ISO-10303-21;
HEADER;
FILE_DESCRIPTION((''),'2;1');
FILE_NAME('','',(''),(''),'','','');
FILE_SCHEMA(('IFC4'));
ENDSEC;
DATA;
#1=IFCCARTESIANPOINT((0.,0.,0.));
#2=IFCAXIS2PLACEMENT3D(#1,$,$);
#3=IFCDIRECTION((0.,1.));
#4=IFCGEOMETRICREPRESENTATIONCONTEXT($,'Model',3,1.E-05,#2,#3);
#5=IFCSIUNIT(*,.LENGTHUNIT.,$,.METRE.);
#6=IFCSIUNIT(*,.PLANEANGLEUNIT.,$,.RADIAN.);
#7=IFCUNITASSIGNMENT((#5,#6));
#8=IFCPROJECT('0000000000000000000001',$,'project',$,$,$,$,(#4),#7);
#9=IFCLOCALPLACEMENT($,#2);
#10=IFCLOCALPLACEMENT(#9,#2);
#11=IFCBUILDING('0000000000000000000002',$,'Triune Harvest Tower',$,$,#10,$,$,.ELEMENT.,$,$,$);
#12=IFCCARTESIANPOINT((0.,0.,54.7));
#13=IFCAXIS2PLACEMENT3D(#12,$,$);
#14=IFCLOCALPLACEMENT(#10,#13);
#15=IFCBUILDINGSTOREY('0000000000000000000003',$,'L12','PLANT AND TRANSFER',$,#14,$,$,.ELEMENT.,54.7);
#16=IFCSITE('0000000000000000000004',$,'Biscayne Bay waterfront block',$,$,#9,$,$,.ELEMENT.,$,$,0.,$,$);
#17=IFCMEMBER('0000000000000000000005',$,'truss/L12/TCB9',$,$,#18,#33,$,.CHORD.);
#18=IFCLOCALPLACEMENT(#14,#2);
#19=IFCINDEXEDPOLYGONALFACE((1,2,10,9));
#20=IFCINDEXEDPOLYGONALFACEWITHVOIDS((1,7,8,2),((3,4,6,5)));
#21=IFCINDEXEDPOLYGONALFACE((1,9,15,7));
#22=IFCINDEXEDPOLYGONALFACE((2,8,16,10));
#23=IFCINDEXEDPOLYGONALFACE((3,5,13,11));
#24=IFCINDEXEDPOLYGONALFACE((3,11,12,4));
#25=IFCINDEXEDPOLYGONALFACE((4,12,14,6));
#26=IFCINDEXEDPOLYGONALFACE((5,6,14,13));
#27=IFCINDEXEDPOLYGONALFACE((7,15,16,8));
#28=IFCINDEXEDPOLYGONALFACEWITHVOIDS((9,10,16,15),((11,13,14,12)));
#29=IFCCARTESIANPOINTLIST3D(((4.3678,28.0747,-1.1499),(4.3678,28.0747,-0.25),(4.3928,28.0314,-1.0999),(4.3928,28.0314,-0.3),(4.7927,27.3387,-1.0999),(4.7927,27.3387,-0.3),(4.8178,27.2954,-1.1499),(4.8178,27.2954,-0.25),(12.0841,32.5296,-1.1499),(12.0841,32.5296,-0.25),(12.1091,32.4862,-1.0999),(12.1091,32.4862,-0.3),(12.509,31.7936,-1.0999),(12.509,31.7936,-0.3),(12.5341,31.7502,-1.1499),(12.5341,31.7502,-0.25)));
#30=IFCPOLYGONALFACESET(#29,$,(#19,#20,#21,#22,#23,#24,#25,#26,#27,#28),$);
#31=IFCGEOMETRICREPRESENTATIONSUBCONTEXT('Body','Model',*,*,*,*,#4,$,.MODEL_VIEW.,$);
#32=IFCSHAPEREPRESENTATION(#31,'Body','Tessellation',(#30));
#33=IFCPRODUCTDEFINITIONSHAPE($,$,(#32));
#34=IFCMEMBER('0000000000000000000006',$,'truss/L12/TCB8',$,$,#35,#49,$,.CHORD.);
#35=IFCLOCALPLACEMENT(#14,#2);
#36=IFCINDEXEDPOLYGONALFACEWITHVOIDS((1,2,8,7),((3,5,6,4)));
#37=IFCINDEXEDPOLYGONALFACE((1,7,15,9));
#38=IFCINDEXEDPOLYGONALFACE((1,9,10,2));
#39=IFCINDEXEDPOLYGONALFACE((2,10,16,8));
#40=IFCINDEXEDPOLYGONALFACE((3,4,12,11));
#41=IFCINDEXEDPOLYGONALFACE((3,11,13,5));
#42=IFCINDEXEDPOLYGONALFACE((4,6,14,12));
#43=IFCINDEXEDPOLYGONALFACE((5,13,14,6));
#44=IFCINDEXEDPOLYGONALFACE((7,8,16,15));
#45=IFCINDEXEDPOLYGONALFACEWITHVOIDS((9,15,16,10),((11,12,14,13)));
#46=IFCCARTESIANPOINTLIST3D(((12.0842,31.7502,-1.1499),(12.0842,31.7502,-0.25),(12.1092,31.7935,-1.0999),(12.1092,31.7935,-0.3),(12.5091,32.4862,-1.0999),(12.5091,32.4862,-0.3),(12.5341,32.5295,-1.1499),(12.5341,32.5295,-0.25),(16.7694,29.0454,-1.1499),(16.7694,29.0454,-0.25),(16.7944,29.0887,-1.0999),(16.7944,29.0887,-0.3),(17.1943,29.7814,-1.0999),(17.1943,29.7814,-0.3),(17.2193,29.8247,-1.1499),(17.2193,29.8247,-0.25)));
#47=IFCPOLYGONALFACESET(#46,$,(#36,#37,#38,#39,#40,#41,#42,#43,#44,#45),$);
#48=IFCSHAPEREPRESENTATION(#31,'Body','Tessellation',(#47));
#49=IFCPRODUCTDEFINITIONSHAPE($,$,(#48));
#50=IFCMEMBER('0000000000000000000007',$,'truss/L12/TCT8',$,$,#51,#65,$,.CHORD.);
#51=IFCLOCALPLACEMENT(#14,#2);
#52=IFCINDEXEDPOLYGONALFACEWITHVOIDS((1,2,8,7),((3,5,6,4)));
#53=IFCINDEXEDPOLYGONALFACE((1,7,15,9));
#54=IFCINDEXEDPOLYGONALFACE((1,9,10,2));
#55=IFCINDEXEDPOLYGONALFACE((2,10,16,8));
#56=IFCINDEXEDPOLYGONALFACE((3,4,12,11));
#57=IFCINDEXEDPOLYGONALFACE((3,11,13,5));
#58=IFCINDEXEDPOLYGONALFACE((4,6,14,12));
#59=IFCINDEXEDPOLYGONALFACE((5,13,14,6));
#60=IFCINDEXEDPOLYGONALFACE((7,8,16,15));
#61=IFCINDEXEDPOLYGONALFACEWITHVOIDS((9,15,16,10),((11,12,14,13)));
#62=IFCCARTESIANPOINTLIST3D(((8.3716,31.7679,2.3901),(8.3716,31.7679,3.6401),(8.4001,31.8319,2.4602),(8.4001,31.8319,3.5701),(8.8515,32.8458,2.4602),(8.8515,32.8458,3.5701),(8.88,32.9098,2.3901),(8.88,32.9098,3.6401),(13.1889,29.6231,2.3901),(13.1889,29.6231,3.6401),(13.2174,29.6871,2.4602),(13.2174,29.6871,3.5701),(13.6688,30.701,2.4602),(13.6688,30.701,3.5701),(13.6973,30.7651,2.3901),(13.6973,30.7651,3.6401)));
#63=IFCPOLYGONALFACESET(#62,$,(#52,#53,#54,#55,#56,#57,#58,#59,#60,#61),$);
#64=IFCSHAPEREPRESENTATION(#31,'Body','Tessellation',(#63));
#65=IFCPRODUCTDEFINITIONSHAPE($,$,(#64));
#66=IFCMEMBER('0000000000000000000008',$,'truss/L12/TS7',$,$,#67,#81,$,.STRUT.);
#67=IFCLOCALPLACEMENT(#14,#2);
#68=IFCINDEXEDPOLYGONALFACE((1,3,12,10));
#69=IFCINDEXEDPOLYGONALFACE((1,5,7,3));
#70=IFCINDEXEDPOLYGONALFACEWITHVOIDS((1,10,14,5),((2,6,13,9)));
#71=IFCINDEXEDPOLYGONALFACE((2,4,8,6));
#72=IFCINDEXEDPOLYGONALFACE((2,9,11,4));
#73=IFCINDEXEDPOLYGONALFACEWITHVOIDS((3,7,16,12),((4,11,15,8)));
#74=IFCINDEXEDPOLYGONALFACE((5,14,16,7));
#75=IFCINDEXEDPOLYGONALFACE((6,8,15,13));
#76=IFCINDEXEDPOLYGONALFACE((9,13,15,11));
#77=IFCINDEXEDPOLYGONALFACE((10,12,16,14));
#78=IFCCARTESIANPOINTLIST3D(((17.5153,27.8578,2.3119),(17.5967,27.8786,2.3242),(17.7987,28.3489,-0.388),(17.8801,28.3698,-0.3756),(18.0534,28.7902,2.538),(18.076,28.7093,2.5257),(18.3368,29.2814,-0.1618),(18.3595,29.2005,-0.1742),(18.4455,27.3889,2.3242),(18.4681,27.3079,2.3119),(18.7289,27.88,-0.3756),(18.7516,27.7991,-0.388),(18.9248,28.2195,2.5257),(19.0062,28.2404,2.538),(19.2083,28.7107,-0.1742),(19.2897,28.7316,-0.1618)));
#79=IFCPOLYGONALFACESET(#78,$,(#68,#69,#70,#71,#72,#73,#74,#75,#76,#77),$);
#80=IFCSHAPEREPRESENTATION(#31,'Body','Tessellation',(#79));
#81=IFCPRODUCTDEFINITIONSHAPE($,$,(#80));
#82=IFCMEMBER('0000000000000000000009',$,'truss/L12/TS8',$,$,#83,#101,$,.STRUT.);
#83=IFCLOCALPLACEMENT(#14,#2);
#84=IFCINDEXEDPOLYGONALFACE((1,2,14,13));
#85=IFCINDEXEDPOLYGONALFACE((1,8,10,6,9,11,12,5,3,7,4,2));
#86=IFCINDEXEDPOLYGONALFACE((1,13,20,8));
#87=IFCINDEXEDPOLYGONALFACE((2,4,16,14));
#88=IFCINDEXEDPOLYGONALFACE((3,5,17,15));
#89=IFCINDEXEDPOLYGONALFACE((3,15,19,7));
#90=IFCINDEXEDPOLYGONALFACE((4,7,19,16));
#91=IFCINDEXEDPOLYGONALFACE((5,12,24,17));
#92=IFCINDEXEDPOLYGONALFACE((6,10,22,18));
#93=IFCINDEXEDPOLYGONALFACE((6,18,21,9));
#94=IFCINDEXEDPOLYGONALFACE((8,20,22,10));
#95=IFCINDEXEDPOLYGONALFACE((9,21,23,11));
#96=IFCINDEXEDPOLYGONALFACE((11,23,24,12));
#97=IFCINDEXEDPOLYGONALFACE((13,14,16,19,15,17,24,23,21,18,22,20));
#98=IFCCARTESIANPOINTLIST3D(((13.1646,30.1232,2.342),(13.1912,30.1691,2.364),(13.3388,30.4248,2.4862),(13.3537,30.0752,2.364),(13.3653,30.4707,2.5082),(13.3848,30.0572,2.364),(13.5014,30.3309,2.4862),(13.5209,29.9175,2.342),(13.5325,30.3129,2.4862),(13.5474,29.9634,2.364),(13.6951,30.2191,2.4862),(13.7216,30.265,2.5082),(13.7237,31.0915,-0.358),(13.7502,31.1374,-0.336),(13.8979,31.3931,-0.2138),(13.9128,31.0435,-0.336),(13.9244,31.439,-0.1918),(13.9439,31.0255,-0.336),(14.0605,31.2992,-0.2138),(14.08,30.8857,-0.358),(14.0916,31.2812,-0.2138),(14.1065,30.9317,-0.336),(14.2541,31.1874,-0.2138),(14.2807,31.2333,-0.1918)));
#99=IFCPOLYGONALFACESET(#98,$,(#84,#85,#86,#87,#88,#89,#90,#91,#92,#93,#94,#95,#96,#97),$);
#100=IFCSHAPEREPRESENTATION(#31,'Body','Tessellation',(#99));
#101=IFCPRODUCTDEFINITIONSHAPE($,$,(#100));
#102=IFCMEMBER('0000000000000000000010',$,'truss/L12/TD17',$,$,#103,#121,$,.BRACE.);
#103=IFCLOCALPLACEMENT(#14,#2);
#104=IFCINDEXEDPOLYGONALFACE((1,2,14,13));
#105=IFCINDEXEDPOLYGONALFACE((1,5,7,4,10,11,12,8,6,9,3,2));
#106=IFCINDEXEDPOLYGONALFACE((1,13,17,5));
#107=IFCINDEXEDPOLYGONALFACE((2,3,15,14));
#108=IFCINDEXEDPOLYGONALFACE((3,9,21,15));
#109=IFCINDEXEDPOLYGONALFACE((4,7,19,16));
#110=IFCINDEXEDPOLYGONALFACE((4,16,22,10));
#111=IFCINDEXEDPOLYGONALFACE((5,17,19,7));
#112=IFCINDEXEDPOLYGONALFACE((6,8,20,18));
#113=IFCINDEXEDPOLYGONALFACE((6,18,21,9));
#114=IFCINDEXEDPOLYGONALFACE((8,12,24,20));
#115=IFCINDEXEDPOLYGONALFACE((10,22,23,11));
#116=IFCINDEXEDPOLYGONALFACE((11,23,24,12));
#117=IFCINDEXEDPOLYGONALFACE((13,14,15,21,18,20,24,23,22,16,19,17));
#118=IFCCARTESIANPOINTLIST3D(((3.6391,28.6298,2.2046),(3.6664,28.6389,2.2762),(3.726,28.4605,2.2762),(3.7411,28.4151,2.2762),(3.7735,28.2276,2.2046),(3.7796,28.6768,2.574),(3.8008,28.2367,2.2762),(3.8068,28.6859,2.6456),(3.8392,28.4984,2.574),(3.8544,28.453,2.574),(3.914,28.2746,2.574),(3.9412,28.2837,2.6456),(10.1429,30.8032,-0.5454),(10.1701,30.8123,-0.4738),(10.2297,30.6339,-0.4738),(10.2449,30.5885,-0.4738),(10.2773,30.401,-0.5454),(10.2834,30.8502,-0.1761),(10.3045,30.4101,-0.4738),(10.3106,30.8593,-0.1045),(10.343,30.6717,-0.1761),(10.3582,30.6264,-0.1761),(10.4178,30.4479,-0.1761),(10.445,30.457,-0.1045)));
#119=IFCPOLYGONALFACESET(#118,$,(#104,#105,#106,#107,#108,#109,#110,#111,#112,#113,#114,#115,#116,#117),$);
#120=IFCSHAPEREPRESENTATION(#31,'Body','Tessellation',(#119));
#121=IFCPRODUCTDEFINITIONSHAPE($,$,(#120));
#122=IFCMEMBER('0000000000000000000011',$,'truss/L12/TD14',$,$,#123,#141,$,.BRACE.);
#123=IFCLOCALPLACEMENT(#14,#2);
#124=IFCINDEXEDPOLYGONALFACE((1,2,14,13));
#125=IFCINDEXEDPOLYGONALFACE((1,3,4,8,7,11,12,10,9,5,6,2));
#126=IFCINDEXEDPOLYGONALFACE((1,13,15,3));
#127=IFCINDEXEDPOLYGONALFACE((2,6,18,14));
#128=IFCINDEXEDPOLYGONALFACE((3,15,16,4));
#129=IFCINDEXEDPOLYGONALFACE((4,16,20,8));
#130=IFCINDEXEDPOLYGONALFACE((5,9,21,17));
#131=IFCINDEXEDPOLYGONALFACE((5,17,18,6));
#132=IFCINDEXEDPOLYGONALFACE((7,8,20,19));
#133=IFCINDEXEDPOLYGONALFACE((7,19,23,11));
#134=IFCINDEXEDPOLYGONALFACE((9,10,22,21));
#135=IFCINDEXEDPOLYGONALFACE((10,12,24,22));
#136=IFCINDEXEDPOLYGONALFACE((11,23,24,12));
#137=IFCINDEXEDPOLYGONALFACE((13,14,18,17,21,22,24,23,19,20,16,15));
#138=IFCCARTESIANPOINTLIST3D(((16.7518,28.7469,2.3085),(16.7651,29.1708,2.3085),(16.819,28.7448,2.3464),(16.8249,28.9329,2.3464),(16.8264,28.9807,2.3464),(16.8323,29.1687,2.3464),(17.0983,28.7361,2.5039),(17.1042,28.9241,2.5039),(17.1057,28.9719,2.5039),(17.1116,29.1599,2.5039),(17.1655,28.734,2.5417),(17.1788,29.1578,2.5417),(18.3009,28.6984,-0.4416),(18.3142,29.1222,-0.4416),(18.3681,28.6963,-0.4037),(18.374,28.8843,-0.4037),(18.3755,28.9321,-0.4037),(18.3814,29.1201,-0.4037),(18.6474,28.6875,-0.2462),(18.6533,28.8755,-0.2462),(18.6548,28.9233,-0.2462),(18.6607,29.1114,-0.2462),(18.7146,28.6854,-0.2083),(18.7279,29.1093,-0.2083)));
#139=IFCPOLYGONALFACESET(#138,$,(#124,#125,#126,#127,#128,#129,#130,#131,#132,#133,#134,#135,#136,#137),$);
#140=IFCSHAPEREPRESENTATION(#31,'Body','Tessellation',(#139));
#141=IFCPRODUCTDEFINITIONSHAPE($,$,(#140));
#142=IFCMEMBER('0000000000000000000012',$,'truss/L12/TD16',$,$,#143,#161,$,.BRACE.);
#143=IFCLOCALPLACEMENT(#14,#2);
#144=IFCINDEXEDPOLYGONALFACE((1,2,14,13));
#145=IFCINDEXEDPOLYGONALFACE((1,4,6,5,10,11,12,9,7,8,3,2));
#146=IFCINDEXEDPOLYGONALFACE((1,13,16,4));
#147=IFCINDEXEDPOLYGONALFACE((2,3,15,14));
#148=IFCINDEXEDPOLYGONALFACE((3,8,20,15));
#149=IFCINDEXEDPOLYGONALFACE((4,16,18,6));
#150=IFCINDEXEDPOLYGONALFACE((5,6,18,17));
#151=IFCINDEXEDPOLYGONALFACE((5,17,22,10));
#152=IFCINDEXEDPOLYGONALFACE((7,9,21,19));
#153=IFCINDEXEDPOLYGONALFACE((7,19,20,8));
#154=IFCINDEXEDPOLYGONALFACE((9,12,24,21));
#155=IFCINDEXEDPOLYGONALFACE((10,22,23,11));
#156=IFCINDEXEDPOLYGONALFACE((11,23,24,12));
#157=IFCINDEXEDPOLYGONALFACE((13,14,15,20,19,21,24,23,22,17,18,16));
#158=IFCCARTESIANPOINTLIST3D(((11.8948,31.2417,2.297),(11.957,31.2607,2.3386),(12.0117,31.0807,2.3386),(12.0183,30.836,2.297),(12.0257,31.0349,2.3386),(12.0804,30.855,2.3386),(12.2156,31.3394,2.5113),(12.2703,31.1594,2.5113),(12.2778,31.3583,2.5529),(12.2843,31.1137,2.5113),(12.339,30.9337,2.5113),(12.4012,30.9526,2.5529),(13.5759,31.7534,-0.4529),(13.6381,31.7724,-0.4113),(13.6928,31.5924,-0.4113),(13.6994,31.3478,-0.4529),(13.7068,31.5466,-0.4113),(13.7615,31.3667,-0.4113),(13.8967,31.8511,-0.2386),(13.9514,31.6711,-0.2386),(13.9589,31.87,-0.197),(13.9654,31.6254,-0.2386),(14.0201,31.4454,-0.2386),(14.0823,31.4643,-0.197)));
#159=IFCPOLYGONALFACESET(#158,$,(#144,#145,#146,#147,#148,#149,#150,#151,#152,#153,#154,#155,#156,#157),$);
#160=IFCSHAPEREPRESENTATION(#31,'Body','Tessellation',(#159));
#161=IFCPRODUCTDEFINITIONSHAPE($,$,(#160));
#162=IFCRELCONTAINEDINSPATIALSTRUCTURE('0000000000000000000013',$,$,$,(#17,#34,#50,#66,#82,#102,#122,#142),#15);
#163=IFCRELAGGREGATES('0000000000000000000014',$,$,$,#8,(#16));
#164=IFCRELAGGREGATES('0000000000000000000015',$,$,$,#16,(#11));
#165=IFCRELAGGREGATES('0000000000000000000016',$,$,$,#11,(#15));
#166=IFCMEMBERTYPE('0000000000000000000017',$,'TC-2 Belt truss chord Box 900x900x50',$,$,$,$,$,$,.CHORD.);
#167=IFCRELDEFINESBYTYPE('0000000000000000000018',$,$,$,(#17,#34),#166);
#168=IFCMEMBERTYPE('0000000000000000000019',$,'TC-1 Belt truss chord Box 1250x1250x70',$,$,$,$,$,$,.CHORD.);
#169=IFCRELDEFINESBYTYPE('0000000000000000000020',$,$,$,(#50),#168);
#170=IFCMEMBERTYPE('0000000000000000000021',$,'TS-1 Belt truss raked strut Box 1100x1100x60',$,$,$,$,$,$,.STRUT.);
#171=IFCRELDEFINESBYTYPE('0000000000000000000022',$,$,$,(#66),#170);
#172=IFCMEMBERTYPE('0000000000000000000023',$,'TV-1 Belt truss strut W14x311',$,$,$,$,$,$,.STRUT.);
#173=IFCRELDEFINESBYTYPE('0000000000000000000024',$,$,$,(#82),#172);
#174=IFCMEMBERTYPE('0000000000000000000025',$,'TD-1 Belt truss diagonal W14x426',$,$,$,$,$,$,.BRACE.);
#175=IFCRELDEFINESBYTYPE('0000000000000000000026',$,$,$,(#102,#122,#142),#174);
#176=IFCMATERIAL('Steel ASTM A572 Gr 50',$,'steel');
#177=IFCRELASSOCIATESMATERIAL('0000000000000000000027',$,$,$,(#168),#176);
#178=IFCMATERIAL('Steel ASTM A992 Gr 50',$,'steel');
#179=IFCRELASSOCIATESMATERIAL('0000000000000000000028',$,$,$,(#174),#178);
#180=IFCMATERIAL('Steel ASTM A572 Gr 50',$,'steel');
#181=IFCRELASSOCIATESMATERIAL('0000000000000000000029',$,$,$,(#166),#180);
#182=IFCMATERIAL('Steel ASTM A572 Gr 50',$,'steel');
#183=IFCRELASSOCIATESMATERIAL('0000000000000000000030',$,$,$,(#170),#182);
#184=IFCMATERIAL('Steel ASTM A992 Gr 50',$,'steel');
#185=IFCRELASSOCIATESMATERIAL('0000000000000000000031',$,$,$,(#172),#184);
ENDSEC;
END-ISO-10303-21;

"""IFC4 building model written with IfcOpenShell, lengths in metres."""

from ifc_helpers import new_model, si_unit, direction, frame, origin, origin_2d, place, context, subcontext, project, spatial, hollow_rectangle, i_section, extrude, source, transform, mapped, material, material_profile, profile_set, type_object, element, save


model = new_model("IFC4")

# Units and contexts
model_context = context("Model", 3, precision=1e-05, world=origin(), true_north=direction((0.0, 1.0)))
body_context = subcontext(model_context, "Body", "Model", "MODEL_VIEW")
ifc_project = project(units=[si_unit("LENGTHUNIT", "METRE"), si_unit("PLANEANGLEUNIT", "RADIAN")], contexts=[model_context])

# Site, building, storey
site_placement = place(None, origin())
site = spatial("IfcSite", under=ifc_project, at=site_placement, Name="Biscayne Bay waterfront block", CompositionType="ELEMENT", RefElevation=0.0)
building_placement = place(site_placement, origin())
building = spatial("IfcBuilding", under=site, at=building_placement, Name="Triune Harvest Tower", CompositionType="ELEMENT")
storey_placement = place(building_placement, frame((0.0, 0.0, 54.7)))
storey = spatial("IfcBuildingStorey", under=building, at=storey_placement, Name="L12", Description="PLANT AND TRANSFER", CompositionType="ELEMENT", Elevation=54.7)

# Shared definitions
ifc_material_1 = material(Name="Steel ASTM A572 Gr 50", Category="steel")
ifc_material_profile_1 = material_profile(ifc_material_1, hollow_rectangle(XDim=1.25, YDim=1.25, WallThickness=0.0701, at=origin_2d()), Name="Box 1250x1250x70")
ifc_profile_set_1 = profile_set([ifc_material_profile_1], Name="Steel ASTM A572 Gr 50")
member_type_1 = type_object("IfcMemberType", Name="TC-1 Belt truss chord Box 1250x1250x70", PredefinedType="CHORD", material=ifc_profile_set_1)
ifc_material_2 = material(Name="Steel ASTM A992 Gr 50", Category="steel")
ifc_material_profile_2 = material_profile(ifc_material_2, i_section(OverallWidth=0.4241, OverallDepth=0.4751, WebThickness=0.0479, FlangeThickness=0.0771, at=origin_2d()), Name="W14x426")
ifc_profile_set_2 = profile_set([ifc_material_profile_2], Name="Steel ASTM A992 Gr 50")
member_type_2 = type_object("IfcMemberType", Name="TD-1 Belt truss diagonal W14x426", PredefinedType="BRACE", material=ifc_profile_set_2)

# Members
ifc_material_3 = material(Name="Steel ASTM A572 Gr 50", Category="steel")
ifc_material_profile_3 = material_profile(ifc_material_3, hollow_rectangle(XDim=0.8999, YDim=0.8999, WallThickness=0.05, at=origin_2d()), Name="Box 900x900x50")
ifc_profile_set_3 = profile_set([ifc_material_profile_3], Name="Steel ASTM A572 Gr 50")
member_type_3 = type_object("IfcMemberType", Name="TC-2 Belt truss chord Box 900x900x50", PredefinedType="CHORD", material=ifc_profile_set_3)
shared_shape_1 = source(origin(), body_context, "Body", "SweptSolid", [
    extrude(hollow_rectangle(XDim=0.8999, YDim=0.8999, WallThickness=0.05, at=origin_2d()), origin(), (0.0, 0.0, 1.0), 8.9099),
])
member_1_placement = place(storey_placement, frame((12.3091, 32.1399, -0.7), z_axis=(-0.866034, -0.499985, 0.0), x_axis=(0.499985, -0.866034, 0.0)))
element("IfcMember", 1, at=member_1_placement, inside=storey, type_object=member_type_3, Name="truss/L12/TCB9", PredefinedType="CHORD", context=body_context, shape_type="MappedRepresentation", body=[
    mapped(shared_shape_1, transform((0.0, 0.0, 0.0), scale=1.0)),
])
shared_shape_2 = source(origin(), body_context, "Body", "SweptSolid", [
    extrude(hollow_rectangle(XDim=0.8999, YDim=0.8999, WallThickness=0.05, at=origin_2d()), origin(), (0.0, 0.0, 1.0), 5.4099),
])
member_2_placement = place(storey_placement, frame((16.9944, 29.4351, -0.7), z_axis=(-0.866044, 0.499969, 0.0), x_axis=(-0.499969, -0.866044, 0.0)))
element("IfcMember", 2, at=member_2_placement, inside=storey, type_object=member_type_3, Name="truss/L12/TCB8", PredefinedType="CHORD", context=body_context, shape_type="MappedRepresentation", body=[
    mapped(shared_shape_2, transform((0.0, 0.0, 0.0), scale=1.0)),
])
shared_shape_3 = source(origin(), body_context, "Body", "SweptSolid", [
    extrude(hollow_rectangle(XDim=1.25, YDim=1.25, WallThickness=0.0701, at=origin_2d()), origin(), (0.0, 0.0, 1.0), 5.2732),
])
member_3_placement = place(storey_placement, frame((13.4431, 30.1941, 3.0151), z_axis=(-0.91355, 0.406727, 0.0), x_axis=(-0.406727, -0.91355, 0.0)))
element("IfcMember", 3, at=member_3_placement, inside=storey, type_object=member_type_1, Name="truss/L12/TCT8", PredefinedType="CHORD", context=body_context, shape_type="MappedRepresentation", body=[
    mapped(shared_shape_3, transform((0.0, 0.0, 0.0), scale=1.0)),
])
ifc_material_4 = material(Name="Steel ASTM A572 Gr 50", Category="steel")
ifc_material_profile_4 = material_profile(ifc_material_4, hollow_rectangle(XDim=1.1001, YDim=1.1001, WallThickness=0.0601, at=origin_2d()), Name="Box 1100x1100x60")
ifc_profile_set_4 = profile_set([ifc_material_profile_4], Name="Steel ASTM A572 Gr 50")
member_type_4 = type_object("IfcMemberType", Name="TS-1 Belt truss raked strut Box 1100x1100x60", PredefinedType="STRUT", material=ifc_profile_set_4)
shared_shape_4 = source(origin(), body_context, "Body", "SweptSolid", [
    extrude(hollow_rectangle(XDim=1.1001, YDim=1.1001, WallThickness=0.0601, at=origin_2d()), origin(), (0.0, 0.0, 1.0), 2.7588),
])
member_4_placement = place(storey_placement, frame((18.5442, 28.5403, -0.2749), z_axis=(-0.10274, -0.178048, 0.978644), x_axis=(0.866143, -0.499797, 0.0)))
element("IfcMember", 4, at=member_4_placement, inside=storey, type_object=member_type_4, Name="truss/L12/TS7", PredefinedType="STRUT", context=body_context, shape_type="MappedRepresentation", body=[
    mapped(shared_shape_4, transform((0.0, 0.0, 0.0), scale=1.0)),
])
ifc_material_5 = material(Name="Steel ASTM A992 Gr 50", Category="steel")
ifc_material_profile_5 = material_profile(ifc_material_5, i_section(OverallWidth=0.4114, OverallDepth=0.4343, WebThickness=0.0359, FlangeThickness=0.0574, at=origin_2d()), Name="W14x311")
ifc_profile_set_5 = profile_set([ifc_material_profile_5], Name="Steel ASTM A992 Gr 50")
member_type_5 = type_object("IfcMemberType", Name="TV-1 Belt truss strut W14x311", PredefinedType="STRUT", material=ifc_profile_set_5)
shared_shape_5 = source(origin(), body_context, "Body", "SweptSolid", [
    extrude(i_section(OverallWidth=0.4114, OverallDepth=0.4343, WebThickness=0.0359, FlangeThickness=0.0574, at=origin_2d()), origin(), (0.0, 0.0, 1.0), 2.9224),
])
member_5_placement = place(storey_placement, frame((14.0022, 31.1624, -0.2749), z_axis=(-0.191316, -0.331335, 0.923913), x_axis=(0.866004, -0.500037, 0.0)))
element("IfcMember", 5, at=member_5_placement, inside=storey, type_object=member_type_5, Name="truss/L12/TS8", PredefinedType="STRUT", context=body_context, shape_type="MappedRepresentation", body=[
    mapped(shared_shape_5, transform((0.0, 0.0, 0.0), scale=1.0)),
])
shared_shape_6 = source(origin(), body_context, "Body", "SweptSolid", [
    extrude(i_section(OverallWidth=0.4241, OverallDepth=0.4751, WebThickness=0.0479, FlangeThickness=0.0771, at=origin_2d()), origin(), (0.0, 0.0, 1.0), 7.3882),
])
member_6_placement = place(storey_placement, frame((10.2939, 30.6301, -0.325), z_axis=(-0.880293, -0.294169, 0.372222), x_axis=(0.316943, -0.948444, 0.0)))
element("IfcMember", 6, at=member_6_placement, inside=storey, type_object=member_type_2, Name="truss/L12/TD17", PredefinedType="BRACE", context=body_context, shape_type="MappedRepresentation", body=[
    mapped(shared_shape_6, transform((0.0, 0.0, 0.0), scale=1.0)),
])
shared_shape_7 = source(origin(), body_context, "Body", "SweptSolid", [
    extrude(i_section(OverallWidth=0.4241, OverallDepth=0.4751, WebThickness=0.0479, FlangeThickness=0.0771, at=origin_2d()), origin(), (0.0, 0.0, 1.0), 3.1567),
])
member_7_placement = place(storey_placement, frame((18.5144, 28.9038, -0.325), z_axis=(-0.490732, 0.015391, 0.871175), x_axis=(-0.031348, -0.999509, 0.0)))
element("IfcMember", 7, at=member_7_placement, inside=storey, type_object=member_type_2, Name="truss/L12/TD14", PredefinedType="BRACE", context=body_context, shape_type="MappedRepresentation", body=[
    mapped(shared_shape_7, transform((0.0, 0.0, 0.0), scale=1.0)),
])
shared_shape_8 = source(origin(), body_context, "Body", "SweptSolid", [
    extrude(i_section(OverallWidth=0.4241, OverallDepth=0.4751, WebThickness=0.0479, FlangeThickness=0.0771, at=origin_2d()), origin(), (0.0, 0.0, 1.0), 3.2634),
])
member_8_placement = place(storey_placement, frame((13.8291, 31.6089, -0.325), z_axis=(-0.515133, -0.156799, 0.842646), x_axis=(0.291195, -0.956664, 0.0)))
element("IfcMember", 8, at=member_8_placement, inside=storey, type_object=member_type_2, Name="truss/L12/TD16", PredefinedType="BRACE", context=body_context, shape_type="MappedRepresentation", body=[
    mapped(shared_shape_8, transform((0.0, 0.0, 0.0), scale=1.0)),
])

save(model, "model.ifc")
